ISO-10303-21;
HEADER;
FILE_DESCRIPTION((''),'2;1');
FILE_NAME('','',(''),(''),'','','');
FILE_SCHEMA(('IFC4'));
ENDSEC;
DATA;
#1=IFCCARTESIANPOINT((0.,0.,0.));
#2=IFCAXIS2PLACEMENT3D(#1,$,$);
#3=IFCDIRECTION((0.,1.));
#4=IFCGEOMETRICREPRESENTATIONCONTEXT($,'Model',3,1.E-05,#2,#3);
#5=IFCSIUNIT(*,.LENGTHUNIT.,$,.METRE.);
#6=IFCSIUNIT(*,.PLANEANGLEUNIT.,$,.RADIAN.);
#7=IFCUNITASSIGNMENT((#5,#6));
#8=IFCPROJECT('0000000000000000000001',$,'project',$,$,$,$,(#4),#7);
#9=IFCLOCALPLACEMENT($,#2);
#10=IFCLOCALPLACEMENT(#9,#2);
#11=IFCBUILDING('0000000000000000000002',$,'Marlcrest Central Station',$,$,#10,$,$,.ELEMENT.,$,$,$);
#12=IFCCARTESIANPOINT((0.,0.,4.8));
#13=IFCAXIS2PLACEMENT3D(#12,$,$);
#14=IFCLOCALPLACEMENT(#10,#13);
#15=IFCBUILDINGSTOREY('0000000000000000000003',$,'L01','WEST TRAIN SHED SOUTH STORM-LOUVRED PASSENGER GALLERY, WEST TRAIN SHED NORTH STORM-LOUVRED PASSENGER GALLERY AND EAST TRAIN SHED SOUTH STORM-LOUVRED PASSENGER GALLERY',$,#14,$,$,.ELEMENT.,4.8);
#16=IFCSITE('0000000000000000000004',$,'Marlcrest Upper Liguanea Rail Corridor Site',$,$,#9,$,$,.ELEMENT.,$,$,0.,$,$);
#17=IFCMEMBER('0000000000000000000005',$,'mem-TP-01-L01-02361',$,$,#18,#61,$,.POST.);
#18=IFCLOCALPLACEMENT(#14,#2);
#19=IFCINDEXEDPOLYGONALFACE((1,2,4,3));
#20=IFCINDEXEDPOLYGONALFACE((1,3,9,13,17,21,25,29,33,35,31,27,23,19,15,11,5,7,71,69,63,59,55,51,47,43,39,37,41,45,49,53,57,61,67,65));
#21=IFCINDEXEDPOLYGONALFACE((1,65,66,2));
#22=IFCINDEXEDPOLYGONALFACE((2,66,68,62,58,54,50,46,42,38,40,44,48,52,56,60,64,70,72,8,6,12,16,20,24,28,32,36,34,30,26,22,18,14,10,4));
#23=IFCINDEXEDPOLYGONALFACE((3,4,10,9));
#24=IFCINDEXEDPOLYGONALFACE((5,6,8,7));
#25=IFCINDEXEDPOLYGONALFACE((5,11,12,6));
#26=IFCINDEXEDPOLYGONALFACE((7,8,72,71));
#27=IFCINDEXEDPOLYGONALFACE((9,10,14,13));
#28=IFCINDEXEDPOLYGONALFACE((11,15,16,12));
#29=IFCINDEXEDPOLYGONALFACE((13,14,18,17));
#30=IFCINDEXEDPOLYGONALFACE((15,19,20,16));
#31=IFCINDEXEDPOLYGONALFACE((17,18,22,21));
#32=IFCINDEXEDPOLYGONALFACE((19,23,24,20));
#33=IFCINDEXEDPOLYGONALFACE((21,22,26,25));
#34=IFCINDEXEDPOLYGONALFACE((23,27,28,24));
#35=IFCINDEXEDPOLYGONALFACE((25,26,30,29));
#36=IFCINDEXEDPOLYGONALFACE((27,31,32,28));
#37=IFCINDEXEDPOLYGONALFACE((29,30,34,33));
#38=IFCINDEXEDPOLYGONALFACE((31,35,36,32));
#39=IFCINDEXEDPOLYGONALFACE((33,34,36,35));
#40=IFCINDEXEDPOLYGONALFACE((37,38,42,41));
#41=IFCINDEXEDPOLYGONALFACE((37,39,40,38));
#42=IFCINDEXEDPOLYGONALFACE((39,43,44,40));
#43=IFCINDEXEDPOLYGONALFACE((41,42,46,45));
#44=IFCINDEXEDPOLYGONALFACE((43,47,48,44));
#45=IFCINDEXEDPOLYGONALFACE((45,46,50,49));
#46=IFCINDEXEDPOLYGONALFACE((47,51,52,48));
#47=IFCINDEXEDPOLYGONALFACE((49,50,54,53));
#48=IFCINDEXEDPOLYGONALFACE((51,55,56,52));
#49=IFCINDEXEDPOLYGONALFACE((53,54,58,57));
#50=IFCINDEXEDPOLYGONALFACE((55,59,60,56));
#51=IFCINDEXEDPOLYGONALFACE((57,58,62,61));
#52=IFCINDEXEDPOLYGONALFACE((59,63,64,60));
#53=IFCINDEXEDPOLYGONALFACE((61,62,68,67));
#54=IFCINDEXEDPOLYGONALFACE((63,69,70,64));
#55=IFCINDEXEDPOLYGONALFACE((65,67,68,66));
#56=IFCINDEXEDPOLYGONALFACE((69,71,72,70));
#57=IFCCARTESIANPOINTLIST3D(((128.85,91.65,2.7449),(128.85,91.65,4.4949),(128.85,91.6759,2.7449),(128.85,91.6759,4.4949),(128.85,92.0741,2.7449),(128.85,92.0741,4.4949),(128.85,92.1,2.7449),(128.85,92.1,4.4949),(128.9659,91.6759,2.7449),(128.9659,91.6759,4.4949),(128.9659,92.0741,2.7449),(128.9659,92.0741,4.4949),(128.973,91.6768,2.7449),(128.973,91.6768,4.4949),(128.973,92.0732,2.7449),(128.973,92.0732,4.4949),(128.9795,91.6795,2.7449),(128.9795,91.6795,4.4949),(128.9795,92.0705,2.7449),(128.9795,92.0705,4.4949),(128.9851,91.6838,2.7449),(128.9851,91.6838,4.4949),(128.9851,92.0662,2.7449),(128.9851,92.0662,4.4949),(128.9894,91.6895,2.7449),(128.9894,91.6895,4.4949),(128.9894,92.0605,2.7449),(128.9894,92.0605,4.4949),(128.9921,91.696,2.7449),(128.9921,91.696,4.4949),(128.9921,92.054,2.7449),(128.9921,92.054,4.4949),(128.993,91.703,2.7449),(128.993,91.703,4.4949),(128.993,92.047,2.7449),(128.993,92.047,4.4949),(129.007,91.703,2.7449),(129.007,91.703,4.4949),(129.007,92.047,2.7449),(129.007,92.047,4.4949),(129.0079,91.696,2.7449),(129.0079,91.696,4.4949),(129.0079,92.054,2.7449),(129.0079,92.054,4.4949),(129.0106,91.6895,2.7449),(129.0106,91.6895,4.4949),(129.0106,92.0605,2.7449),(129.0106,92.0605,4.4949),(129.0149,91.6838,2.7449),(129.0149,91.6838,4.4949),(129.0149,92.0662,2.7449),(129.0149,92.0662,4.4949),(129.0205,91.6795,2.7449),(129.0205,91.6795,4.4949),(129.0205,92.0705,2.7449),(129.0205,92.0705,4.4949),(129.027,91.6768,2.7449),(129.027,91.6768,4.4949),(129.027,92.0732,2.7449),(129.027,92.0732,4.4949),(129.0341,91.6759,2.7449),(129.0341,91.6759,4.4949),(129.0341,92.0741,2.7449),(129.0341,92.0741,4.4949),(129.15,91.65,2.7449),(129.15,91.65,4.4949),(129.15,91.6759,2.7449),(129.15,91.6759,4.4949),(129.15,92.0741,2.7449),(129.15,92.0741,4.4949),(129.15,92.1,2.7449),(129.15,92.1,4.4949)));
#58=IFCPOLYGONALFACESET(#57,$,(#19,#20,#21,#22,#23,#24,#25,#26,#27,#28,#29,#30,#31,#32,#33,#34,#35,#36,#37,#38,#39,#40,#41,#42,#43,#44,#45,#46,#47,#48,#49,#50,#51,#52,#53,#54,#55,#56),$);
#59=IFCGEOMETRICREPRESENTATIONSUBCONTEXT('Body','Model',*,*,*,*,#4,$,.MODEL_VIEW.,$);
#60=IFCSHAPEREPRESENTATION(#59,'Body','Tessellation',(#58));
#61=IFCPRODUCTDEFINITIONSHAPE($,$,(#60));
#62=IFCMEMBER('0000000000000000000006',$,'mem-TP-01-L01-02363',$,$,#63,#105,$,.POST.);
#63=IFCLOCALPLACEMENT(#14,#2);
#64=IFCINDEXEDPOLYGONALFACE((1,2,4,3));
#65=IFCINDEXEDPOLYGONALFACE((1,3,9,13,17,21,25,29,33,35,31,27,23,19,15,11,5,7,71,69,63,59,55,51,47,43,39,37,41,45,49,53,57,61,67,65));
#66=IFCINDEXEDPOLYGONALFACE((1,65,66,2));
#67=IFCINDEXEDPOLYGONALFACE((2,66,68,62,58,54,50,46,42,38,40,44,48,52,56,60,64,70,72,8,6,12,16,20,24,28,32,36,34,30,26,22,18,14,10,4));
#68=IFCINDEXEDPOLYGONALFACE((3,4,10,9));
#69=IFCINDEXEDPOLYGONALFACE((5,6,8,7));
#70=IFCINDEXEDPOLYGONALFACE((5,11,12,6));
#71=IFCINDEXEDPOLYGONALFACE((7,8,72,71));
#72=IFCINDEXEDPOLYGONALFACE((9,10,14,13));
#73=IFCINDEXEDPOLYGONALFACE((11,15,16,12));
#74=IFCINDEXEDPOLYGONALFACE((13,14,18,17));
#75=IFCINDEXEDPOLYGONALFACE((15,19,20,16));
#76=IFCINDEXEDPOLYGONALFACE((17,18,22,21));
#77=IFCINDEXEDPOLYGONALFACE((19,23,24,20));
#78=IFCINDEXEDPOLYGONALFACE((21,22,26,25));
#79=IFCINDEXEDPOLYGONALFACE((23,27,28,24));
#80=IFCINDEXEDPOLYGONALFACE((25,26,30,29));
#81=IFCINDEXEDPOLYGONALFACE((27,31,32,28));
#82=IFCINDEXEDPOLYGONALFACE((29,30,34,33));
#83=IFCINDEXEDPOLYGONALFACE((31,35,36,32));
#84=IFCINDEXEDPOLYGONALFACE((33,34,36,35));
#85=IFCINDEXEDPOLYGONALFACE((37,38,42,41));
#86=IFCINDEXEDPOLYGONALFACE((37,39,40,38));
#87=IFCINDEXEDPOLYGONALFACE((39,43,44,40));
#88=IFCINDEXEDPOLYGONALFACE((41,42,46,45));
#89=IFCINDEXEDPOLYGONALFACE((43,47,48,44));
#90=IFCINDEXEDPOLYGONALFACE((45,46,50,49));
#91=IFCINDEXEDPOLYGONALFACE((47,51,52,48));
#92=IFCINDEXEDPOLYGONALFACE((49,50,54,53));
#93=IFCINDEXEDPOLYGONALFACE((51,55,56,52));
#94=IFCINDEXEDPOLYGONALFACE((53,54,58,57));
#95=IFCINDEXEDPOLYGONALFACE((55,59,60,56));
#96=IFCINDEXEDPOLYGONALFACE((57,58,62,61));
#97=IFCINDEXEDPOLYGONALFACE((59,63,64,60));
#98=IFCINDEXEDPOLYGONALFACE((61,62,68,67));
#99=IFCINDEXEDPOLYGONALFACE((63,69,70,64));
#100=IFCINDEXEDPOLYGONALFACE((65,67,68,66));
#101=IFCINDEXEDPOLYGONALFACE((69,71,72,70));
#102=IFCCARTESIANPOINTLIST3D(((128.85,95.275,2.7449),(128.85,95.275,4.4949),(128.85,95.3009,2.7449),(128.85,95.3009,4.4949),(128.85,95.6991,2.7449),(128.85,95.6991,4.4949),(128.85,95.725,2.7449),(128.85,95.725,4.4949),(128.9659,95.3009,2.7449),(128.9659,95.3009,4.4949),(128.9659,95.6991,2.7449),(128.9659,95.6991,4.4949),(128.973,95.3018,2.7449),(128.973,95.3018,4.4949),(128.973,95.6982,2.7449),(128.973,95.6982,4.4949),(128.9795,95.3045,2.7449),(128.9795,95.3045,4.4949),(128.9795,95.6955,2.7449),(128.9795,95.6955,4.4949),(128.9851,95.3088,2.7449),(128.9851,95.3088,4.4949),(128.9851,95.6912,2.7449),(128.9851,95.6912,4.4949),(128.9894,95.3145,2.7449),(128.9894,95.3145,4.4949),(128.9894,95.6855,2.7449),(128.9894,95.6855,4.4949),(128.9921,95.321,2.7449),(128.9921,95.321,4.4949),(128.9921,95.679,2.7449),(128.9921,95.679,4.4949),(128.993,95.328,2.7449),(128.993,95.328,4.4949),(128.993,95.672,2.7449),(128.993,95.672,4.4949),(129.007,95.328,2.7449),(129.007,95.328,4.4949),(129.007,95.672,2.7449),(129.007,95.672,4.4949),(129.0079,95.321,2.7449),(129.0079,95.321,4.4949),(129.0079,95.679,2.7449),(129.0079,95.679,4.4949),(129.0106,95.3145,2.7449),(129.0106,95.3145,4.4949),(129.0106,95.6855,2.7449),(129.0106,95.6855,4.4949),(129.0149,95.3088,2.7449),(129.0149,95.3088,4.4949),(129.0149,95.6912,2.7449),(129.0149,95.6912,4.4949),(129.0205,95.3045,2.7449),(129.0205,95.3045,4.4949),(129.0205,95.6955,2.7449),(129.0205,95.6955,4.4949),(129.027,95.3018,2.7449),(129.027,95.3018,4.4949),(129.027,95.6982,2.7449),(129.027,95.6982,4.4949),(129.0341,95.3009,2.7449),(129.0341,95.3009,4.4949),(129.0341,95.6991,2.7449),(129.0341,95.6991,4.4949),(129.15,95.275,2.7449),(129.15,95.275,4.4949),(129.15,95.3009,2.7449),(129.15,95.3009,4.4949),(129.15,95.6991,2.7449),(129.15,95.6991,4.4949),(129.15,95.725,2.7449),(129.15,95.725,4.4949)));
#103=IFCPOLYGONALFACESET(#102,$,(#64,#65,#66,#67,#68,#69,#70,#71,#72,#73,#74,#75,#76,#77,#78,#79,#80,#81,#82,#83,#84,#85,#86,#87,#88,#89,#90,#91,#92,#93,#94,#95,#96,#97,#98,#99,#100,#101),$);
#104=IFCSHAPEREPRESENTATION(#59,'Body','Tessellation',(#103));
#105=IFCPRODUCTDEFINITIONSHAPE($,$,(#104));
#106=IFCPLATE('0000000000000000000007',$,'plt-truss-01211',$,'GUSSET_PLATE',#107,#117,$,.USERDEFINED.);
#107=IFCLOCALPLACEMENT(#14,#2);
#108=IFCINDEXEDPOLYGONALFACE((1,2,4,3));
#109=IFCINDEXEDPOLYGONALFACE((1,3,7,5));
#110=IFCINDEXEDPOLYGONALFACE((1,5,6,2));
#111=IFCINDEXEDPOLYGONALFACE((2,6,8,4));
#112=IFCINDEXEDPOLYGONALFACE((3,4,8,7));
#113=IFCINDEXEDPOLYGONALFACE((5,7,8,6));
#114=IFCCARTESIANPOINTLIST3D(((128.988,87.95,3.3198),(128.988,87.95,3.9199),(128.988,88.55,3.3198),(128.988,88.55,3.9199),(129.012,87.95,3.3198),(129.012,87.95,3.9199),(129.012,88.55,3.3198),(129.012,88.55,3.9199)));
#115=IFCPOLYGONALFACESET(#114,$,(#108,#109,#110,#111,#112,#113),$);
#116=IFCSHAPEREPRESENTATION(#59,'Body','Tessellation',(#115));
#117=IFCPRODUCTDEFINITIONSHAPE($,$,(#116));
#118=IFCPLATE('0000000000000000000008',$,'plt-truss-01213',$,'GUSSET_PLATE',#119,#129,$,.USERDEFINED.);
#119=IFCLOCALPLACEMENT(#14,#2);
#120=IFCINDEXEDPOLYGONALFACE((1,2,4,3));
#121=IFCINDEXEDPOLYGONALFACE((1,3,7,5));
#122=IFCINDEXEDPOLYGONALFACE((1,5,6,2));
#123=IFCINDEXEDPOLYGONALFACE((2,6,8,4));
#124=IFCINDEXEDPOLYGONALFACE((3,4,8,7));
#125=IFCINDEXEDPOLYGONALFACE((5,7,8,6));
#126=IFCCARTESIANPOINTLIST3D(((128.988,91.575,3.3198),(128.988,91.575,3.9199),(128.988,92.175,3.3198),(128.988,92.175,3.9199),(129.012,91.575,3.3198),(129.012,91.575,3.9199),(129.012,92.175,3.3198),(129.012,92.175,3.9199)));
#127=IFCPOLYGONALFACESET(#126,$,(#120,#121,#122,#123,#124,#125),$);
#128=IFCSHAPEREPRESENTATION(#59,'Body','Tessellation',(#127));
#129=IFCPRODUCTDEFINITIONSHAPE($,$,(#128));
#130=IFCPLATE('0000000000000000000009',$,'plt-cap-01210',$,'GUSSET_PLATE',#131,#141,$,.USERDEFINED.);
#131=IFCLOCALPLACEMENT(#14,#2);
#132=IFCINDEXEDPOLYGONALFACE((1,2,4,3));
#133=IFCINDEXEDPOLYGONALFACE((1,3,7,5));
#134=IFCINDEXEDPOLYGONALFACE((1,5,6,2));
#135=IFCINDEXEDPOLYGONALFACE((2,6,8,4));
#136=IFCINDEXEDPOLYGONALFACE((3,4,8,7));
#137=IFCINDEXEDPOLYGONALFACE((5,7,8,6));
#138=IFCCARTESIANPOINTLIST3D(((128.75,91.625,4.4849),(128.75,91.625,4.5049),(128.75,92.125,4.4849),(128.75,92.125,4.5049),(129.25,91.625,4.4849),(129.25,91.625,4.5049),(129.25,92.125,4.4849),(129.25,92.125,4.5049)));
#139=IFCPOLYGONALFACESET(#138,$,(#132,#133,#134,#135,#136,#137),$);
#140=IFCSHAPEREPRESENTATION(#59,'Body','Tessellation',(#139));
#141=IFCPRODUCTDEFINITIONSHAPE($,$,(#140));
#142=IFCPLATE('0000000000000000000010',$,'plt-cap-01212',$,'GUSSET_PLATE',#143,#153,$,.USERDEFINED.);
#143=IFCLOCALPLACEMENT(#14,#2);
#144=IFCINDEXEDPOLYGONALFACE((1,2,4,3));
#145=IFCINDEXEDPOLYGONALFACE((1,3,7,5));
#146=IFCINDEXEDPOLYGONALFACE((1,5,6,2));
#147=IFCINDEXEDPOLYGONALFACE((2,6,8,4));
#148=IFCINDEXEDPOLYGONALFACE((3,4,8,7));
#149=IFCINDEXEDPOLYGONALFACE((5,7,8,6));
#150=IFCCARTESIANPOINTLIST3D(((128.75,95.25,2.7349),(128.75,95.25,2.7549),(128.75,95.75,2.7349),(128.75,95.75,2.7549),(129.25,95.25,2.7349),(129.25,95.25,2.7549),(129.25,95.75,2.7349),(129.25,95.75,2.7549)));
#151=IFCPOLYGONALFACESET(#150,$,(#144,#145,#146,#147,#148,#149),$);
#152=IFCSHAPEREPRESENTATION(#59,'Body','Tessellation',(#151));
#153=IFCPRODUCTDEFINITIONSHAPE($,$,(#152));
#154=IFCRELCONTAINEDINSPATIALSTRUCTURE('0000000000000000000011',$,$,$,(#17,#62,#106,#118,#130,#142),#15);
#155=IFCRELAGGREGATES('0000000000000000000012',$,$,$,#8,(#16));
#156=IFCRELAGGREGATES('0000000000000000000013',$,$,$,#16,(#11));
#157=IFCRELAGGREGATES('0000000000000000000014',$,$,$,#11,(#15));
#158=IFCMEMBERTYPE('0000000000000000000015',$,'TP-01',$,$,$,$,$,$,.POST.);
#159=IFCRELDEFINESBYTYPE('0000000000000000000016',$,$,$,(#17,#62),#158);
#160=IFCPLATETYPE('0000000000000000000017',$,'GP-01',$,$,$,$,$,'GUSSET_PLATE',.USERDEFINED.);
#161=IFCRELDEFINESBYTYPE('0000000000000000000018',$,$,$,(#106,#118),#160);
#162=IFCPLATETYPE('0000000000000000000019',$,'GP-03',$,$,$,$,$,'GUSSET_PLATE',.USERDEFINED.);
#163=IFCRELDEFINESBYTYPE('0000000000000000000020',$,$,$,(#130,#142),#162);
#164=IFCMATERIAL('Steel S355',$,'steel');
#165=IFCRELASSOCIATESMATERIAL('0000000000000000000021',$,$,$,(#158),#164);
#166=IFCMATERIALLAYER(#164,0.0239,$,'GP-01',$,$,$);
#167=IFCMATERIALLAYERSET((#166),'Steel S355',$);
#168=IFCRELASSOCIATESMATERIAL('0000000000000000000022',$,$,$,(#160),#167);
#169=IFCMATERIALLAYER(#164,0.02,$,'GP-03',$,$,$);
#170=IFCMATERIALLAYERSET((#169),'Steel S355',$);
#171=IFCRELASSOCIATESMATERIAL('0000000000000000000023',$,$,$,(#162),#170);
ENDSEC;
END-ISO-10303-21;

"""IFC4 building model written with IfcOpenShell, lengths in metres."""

from ifc_helpers import new_model, si_unit, direction, frame, origin, origin_2d, place, context, subcontext, project, spatial, rectangle, i_section, extrude, material, layer, layer_set, material_profile, profile_set, type_object, element, save


model = new_model("IFC4")

# Units and contexts
model_context = context("Model", 3, precision=1e-05, world=origin(), true_north=direction((0.0, 1.0)))
body_context = subcontext(model_context, "Body", "Model", "MODEL_VIEW")
ifc_project = project(units=[si_unit("LENGTHUNIT", "METRE"), si_unit("PLANEANGLEUNIT", "RADIAN")], contexts=[model_context])

# Site, building, storey
site_placement = place(None, origin())
site = spatial("IfcSite", under=ifc_project, at=site_placement, Name="Marlcrest Upper Liguanea Rail Corridor Site", CompositionType="ELEMENT", RefElevation=0.0)
building_placement = place(site_placement, origin())
building = spatial("IfcBuilding", under=site, at=building_placement, Name="Marlcrest Central Station", CompositionType="ELEMENT")
storey_placement = place(building_placement, frame((0.0, 0.0, 4.8)))
storey = spatial("IfcBuildingStorey", under=building, at=storey_placement, Name="L01", Description="WEST TRAIN SHED SOUTH STORM-LOUVRED PASSENGER GALLERY, WEST TRAIN SHED NORTH STORM-LOUVRED PASSENGER GALLERY AND EAST TRAIN SHED SOUTH STORM-LOUVRED PASSENGER GALLERY", CompositionType="ELEMENT", Elevation=4.8)

# Shared definitions
ifc_material_1 = material(Name="Steel S355", Category="steel")

# Members
ifc_material_profile_1 = material_profile(ifc_material_1, i_section(OverallWidth=0.3, OverallDepth=0.45, WebThickness=0.0139, FlangeThickness=0.0259, FilletRadius=0.0271, at=origin_2d()), Name="HEB 450")
ifc_profile_set_1 = profile_set([ifc_material_profile_1], Name="Steel S355")
member_type_1 = type_object("IfcMemberType", Name="TP-01", PredefinedType="POST", material=ifc_profile_set_1)
for number, where, z_axis, x_axis, name in (
    (1, (129.0, 91.875, 2.7449), (0.0, 0.0, 1.0), (1.0, 0.0, 0.0), "mem-TP-01-L01-02361"),
    (2, (129.0, 95.5, 2.7449), (0.0, 0.0, 1.0), (1.0, 0.0, 0.0), "mem-TP-01-L01-02363"),
):
    element("IfcMember", number, at=place(storey_placement, frame(where, z_axis=z_axis, x_axis=x_axis)), inside=storey, type_object=member_type_1, Name=name, PredefinedType="POST", context=body_context, shape_type="SweptSolid", body=[
        extrude(i_section(OverallWidth=0.3, OverallDepth=0.45, WebThickness=0.0139, FlangeThickness=0.0259, FilletRadius=0.0271, at=origin_2d()), origin(), (0.0, 0.0, 1.0), 1.75),
    ])

# Plates
ifc_layer_1 = layer(ifc_material_1, 0.0239, Name="GP-01")
ifc_layer_set_1 = layer_set([ifc_layer_1], Name="Steel S355")
plate_type_1 = type_object("IfcPlateType", Name="GP-01", ElementType="GUSSET_PLATE", PredefinedType="USERDEFINED", material=ifc_layer_set_1)
for number, where, z_axis, x_axis, name in (
    (3, (129.0, 88.25, 3.3198), (0.0, 0.0, 1.0), (1.0, 0.0, 0.0), "plt-truss-01211"),
    (4, (129.0, 91.875, 3.3198), (0.0, 0.0, 1.0), (1.0, 0.0, 0.0), "plt-truss-01213"),
):
    element("IfcPlate", number, at=place(storey_placement, frame(where, z_axis=z_axis, x_axis=x_axis)), inside=storey, type_object=plate_type_1, Name=name, ObjectType="GUSSET_PLATE", PredefinedType="USERDEFINED", context=body_context, shape_type="SweptSolid", body=[
        extrude(rectangle(XDim=0.0239, YDim=0.6001, at=origin_2d()), origin(), (0.0, 0.0, 1.0), 0.6001),
    ])
ifc_layer_2 = layer(ifc_material_1, 0.02, Name="GP-03")
ifc_layer_set_2 = layer_set([ifc_layer_2], Name="Steel S355")
plate_type_2 = type_object("IfcPlateType", Name="GP-03", ElementType="GUSSET_PLATE", PredefinedType="USERDEFINED", material=ifc_layer_set_2)
for number, where, z_axis, x_axis, name in (
    (5, (129.0, 91.875, 4.4849), (0.0, 0.0, 1.0), (1.0, 0.0, 0.0), "plt-cap-01210"),
    (6, (129.0, 95.5, 2.7349), (0.0, 0.0, 1.0), (1.0, 0.0, 0.0), "plt-cap-01212"),
):
    element("IfcPlate", number, at=place(storey_placement, frame(where, z_axis=z_axis, x_axis=x_axis)), inside=storey, type_object=plate_type_2, Name=name, ObjectType="GUSSET_PLATE", PredefinedType="USERDEFINED", context=body_context, shape_type="SweptSolid", body=[
        extrude(rectangle(XDim=0.5, YDim=0.5, at=origin_2d()), origin(), (0.0, 0.0, 1.0), 0.02),
    ])

save(model, "model.ifc")
